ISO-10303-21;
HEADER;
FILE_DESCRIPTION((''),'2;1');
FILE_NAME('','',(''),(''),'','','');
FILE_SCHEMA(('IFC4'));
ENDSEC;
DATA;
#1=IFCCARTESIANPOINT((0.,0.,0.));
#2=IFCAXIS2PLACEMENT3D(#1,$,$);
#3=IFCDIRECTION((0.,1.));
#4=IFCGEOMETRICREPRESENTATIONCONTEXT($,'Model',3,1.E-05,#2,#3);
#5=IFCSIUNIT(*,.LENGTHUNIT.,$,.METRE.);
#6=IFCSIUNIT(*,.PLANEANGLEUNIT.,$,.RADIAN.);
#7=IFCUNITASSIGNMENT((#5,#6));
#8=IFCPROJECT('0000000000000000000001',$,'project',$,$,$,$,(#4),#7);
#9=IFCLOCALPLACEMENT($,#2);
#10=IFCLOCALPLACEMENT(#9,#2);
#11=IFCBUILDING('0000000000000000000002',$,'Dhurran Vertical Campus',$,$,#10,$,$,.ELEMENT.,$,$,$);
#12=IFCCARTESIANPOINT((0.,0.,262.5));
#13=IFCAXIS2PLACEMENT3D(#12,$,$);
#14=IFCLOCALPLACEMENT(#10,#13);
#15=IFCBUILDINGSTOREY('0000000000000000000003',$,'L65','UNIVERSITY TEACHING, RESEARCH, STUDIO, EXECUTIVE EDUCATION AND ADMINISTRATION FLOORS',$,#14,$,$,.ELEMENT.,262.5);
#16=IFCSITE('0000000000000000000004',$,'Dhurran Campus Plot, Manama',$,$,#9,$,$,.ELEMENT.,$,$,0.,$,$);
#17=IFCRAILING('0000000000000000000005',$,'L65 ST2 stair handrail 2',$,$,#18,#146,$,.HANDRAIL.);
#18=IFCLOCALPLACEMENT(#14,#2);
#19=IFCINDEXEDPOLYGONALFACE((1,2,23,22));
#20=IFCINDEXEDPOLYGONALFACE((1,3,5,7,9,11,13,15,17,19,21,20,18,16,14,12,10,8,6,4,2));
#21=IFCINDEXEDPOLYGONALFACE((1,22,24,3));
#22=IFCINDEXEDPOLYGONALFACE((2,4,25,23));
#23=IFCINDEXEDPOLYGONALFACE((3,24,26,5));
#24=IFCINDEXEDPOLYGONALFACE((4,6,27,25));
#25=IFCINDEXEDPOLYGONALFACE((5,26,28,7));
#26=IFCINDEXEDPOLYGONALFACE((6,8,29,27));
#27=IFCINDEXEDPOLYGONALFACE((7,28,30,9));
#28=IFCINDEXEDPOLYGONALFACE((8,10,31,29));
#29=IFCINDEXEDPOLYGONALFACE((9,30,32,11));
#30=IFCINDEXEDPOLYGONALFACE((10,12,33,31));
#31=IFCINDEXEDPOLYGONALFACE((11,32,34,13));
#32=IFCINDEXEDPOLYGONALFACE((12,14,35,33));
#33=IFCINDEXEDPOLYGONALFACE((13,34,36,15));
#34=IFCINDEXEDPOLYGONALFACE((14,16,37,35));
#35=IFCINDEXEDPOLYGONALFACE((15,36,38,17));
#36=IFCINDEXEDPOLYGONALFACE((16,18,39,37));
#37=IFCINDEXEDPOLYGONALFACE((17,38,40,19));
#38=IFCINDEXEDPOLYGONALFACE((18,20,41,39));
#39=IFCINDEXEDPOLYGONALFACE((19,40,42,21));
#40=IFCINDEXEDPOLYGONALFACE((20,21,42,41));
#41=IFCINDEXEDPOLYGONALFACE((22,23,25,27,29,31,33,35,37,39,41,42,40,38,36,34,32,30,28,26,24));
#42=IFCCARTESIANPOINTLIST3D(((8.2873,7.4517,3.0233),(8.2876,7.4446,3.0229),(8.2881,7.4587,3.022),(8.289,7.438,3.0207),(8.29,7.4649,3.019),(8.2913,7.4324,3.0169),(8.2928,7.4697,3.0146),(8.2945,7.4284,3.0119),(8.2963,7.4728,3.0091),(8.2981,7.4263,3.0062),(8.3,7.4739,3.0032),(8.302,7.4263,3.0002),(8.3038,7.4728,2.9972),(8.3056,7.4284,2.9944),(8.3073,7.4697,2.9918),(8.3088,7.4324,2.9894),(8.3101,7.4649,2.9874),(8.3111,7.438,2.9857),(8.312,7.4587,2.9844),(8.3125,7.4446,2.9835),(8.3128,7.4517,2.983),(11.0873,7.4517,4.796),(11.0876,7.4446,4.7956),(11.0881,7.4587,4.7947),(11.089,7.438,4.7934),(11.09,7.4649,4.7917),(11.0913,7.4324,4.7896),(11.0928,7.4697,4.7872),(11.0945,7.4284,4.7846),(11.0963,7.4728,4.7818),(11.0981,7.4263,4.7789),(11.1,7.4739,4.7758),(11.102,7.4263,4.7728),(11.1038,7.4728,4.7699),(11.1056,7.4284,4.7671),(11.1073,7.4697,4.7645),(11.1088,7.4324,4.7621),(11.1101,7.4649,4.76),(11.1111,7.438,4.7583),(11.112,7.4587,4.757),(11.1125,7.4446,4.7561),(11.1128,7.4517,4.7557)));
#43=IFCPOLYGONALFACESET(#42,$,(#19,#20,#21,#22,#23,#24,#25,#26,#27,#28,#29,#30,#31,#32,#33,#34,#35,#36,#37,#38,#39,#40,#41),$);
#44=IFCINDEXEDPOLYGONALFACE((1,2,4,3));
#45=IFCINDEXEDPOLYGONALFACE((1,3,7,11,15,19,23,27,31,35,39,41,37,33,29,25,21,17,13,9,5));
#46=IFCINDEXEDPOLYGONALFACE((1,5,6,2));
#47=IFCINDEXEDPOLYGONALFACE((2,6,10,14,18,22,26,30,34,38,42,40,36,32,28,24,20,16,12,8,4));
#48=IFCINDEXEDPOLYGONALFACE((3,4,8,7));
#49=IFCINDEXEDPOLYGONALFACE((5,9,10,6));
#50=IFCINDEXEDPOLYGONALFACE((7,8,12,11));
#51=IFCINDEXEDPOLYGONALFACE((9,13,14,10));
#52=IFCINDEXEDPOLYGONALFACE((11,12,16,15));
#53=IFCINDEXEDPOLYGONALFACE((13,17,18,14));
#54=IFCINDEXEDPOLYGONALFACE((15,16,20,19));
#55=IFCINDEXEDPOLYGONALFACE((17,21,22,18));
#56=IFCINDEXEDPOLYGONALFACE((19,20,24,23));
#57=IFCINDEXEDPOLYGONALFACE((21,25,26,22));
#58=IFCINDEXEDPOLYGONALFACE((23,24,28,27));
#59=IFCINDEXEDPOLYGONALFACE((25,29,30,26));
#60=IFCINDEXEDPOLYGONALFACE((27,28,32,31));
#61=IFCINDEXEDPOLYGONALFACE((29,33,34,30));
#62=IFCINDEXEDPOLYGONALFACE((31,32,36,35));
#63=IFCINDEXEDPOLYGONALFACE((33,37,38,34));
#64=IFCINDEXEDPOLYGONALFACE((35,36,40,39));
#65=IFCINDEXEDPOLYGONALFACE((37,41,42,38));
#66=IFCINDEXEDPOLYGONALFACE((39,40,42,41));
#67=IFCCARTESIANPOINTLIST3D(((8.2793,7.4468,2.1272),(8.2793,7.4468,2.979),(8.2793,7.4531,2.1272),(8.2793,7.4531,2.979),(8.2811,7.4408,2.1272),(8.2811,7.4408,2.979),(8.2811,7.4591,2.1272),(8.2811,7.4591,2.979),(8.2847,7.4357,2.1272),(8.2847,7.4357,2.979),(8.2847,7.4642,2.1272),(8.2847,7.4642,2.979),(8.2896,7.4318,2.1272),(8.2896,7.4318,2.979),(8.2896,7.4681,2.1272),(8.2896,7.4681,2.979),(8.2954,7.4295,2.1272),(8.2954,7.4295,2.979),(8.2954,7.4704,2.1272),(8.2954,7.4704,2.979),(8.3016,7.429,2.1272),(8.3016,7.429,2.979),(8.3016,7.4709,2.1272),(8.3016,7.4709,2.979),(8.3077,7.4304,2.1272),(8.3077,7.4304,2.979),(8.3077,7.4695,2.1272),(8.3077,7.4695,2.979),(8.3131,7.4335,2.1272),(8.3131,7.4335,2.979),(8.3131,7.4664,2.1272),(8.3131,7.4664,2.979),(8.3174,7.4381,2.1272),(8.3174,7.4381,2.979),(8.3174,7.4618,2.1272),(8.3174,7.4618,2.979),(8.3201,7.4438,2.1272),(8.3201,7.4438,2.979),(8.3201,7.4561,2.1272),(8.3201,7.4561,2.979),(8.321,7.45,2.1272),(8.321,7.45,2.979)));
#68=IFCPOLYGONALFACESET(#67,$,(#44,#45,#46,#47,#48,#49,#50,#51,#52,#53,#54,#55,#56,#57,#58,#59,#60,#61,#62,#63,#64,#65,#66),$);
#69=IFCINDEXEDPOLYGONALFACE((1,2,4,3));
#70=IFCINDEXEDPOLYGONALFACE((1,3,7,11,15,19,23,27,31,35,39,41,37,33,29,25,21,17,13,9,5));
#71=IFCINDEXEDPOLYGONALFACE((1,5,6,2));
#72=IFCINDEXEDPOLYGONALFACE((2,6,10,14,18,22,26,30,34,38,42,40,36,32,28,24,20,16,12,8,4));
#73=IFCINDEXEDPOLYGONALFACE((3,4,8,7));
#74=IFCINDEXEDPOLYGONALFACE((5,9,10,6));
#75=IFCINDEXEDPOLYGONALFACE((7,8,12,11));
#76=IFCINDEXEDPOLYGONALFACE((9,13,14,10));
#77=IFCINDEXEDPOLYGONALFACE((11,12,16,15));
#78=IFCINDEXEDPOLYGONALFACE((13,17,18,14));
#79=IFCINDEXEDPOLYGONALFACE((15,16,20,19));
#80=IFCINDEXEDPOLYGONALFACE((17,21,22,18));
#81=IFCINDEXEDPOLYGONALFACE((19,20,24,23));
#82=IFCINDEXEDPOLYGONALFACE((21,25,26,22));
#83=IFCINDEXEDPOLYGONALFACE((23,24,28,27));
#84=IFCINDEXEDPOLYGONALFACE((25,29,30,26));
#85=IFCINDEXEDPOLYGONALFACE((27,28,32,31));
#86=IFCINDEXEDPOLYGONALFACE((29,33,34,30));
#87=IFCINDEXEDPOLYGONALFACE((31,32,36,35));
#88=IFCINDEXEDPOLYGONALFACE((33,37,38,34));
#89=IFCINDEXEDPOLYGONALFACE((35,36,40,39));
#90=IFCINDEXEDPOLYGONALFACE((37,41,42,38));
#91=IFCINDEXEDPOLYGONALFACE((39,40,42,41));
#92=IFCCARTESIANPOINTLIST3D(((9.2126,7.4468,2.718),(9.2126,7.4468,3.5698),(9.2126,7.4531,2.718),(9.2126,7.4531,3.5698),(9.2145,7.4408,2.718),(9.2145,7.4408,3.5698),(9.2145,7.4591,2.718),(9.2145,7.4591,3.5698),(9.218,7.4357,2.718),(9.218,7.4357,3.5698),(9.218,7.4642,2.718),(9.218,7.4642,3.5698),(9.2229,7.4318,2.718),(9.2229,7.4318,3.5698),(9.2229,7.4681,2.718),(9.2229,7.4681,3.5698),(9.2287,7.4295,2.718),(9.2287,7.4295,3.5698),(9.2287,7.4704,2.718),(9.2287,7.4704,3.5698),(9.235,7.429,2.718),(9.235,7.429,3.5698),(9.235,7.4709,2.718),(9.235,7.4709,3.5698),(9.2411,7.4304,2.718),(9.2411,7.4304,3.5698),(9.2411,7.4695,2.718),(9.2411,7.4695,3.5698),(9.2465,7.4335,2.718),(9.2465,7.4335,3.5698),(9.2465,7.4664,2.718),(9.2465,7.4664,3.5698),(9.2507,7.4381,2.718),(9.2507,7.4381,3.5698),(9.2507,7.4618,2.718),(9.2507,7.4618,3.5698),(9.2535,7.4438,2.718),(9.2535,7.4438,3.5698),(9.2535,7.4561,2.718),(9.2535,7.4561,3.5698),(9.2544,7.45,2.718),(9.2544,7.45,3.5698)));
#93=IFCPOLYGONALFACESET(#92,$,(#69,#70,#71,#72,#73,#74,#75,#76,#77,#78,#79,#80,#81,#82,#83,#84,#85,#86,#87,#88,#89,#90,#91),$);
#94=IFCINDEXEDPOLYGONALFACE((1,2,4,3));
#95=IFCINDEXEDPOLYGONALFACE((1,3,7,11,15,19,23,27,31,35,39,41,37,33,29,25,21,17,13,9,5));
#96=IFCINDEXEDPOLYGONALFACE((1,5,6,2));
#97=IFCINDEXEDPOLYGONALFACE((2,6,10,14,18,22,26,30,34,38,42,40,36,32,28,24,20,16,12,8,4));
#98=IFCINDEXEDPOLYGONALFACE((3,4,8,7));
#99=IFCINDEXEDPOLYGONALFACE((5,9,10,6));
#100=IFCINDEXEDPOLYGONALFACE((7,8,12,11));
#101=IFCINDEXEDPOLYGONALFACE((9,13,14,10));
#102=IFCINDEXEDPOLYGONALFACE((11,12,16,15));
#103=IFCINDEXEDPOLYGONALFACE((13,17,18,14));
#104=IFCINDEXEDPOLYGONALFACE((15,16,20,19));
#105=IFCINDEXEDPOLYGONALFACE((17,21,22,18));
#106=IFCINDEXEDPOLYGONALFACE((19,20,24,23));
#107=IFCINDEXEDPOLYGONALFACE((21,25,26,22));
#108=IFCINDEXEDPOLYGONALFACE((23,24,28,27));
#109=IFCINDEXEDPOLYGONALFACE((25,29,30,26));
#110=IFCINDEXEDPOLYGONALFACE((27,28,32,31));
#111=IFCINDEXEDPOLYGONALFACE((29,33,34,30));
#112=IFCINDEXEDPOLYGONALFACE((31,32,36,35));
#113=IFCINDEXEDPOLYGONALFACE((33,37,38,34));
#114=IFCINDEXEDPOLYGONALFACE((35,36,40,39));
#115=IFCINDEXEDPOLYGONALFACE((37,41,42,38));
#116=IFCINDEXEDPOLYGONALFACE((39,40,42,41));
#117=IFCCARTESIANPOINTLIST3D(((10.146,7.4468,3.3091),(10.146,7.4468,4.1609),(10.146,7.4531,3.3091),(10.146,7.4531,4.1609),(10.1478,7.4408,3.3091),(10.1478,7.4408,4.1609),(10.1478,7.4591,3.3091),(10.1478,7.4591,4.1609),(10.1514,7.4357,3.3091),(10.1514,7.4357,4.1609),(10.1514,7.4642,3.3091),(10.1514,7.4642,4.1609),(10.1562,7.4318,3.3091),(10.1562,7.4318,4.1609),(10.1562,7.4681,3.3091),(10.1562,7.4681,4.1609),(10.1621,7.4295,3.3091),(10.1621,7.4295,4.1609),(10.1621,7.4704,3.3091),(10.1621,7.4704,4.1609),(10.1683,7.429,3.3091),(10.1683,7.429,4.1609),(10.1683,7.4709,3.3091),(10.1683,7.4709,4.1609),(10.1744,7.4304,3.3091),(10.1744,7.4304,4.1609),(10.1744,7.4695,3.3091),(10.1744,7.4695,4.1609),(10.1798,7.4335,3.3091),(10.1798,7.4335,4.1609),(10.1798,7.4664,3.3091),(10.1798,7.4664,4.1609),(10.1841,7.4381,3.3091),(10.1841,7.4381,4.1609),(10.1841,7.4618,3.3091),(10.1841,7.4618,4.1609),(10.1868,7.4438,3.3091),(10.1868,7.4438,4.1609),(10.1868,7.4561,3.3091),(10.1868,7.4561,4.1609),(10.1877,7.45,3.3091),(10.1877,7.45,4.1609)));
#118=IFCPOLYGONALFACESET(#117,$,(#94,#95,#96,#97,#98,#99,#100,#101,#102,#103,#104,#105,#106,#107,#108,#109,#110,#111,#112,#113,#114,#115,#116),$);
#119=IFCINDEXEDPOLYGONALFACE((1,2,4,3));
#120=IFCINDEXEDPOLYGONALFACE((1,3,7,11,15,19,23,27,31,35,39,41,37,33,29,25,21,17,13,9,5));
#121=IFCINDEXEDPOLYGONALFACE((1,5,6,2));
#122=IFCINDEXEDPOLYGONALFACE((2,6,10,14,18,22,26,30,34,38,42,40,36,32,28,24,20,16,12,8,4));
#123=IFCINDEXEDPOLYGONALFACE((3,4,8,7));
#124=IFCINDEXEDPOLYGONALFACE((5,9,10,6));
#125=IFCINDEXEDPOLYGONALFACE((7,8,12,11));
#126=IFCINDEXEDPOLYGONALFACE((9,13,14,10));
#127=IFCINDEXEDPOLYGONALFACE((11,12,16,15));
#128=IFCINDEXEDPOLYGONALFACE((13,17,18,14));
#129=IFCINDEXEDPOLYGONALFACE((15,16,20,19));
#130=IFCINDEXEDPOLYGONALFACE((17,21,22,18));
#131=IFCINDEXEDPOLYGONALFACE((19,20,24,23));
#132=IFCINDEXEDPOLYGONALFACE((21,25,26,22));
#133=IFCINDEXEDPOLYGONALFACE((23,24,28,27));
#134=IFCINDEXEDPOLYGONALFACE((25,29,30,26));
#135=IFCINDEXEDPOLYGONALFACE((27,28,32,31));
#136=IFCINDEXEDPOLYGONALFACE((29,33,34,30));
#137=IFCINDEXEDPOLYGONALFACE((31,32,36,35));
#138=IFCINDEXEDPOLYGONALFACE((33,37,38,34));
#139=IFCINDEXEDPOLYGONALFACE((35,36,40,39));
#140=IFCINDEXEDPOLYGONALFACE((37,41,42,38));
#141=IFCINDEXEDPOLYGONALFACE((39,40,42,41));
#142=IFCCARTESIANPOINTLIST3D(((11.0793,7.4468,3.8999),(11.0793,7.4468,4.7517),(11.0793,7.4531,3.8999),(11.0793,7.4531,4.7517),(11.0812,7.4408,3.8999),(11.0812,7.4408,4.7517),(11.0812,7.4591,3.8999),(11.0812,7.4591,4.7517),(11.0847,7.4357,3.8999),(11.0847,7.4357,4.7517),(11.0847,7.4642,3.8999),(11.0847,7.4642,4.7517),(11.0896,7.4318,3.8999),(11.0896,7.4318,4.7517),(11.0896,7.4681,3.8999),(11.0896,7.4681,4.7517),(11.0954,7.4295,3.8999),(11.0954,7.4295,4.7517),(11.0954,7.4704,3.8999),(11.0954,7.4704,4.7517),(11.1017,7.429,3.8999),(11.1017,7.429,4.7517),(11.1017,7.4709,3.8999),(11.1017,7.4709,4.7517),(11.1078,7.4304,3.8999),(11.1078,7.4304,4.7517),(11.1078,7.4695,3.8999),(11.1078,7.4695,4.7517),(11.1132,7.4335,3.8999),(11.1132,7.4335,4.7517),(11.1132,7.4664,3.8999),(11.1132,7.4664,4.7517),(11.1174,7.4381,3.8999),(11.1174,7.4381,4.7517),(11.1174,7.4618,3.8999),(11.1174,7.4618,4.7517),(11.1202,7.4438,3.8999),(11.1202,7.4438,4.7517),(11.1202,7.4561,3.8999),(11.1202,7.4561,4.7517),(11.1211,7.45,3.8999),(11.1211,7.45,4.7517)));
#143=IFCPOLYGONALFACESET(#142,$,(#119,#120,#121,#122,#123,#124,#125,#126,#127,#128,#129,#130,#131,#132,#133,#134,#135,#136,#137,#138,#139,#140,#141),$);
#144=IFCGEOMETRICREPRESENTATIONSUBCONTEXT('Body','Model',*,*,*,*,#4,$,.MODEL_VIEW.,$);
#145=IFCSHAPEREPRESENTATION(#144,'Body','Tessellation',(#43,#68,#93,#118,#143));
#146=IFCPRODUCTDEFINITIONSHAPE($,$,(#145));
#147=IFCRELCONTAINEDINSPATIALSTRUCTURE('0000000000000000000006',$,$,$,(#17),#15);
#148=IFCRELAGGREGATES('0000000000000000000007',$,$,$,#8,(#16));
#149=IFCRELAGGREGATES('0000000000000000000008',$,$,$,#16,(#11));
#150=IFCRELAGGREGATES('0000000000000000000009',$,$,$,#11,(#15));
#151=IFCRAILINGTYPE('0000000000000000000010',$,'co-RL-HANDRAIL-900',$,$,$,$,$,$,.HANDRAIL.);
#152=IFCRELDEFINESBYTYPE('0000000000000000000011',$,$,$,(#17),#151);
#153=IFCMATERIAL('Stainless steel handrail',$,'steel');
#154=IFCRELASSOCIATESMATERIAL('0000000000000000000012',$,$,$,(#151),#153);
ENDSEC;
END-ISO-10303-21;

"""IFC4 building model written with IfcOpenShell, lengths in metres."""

from ifc_helpers import new_model, si_unit, direction, frame, origin, origin_2d, place, context, subcontext, project, spatial, circle, extrude, material, type_object, element, save


model = new_model("IFC4")

# Units and contexts
model_context = context("Model", 3, precision=1e-05, world=origin(), true_north=direction((0.0, 1.0)))
body_context = subcontext(model_context, "Body", "Model", "MODEL_VIEW")
ifc_project = project(units=[si_unit("LENGTHUNIT", "METRE"), si_unit("PLANEANGLEUNIT", "RADIAN")], contexts=[model_context])

# Site, building, storey
site_placement = place(None, origin())
site = spatial("IfcSite", under=ifc_project, at=site_placement, Name="Dhurran Campus Plot, Manama", CompositionType="ELEMENT", RefElevation=0.0)
building_placement = place(site_placement, origin())
building = spatial("IfcBuilding", under=site, at=building_placement, Name="Dhurran Vertical Campus", CompositionType="ELEMENT")
storey_placement = place(building_placement, frame((0.0, 0.0, 262.5)))
storey = spatial("IfcBuildingStorey", under=building, at=storey_placement, Name="L65", Description="UNIVERSITY TEACHING, RESEARCH, STUDIO, EXECUTIVE EDUCATION AND ADMINISTRATION FLOORS", CompositionType="ELEMENT", Elevation=262.5)

# Railing
ifc_material_1 = material(Name="Stainless steel handrail", Category="steel")
railing_type_1 = type_object("IfcRailingType", Name="co-RL-HANDRAIL-900", PredefinedType="HANDRAIL", material=ifc_material_1)
railing_1_placement = place(storey_placement, frame((8.3, 7.45, 2.1272)))
element("IfcRailing", 1, at=railing_1_placement, inside=storey, type_object=railing_type_1, Name="L65 ST2 stair handrail 2", PredefinedType="HANDRAIL", context=body_context, shape_type="SweptSolid", body=[
    extrude(circle(Radius=0.0239, at=origin_2d()), frame((0.0, 0.0, 0.876), z_axis=(0.844909, 0.0, 0.53491), x_axis=(0.0, 1.0, 0.0)), (0.0, 0.0, 1.0), 3.314),
    extrude(circle(Radius=0.021, at=origin_2d()), origin(), (0.0, 0.0, 1.0), 0.8518),
    extrude(circle(Radius=0.021, at=origin_2d()), frame((0.9333, 0.0, 0.5908)), (0.0, 0.0, 1.0), 0.8518),
    extrude(circle(Radius=0.021, at=origin_2d()), frame((1.8667, 0.0, 1.1819)), (0.0, 0.0, 1.0), 0.8518),
    extrude(circle(Radius=0.021, at=origin_2d()), frame((2.8, 0.0, 1.7727)), (0.0, 0.0, 1.0), 0.8518),
])

save(model, "model.ifc")
